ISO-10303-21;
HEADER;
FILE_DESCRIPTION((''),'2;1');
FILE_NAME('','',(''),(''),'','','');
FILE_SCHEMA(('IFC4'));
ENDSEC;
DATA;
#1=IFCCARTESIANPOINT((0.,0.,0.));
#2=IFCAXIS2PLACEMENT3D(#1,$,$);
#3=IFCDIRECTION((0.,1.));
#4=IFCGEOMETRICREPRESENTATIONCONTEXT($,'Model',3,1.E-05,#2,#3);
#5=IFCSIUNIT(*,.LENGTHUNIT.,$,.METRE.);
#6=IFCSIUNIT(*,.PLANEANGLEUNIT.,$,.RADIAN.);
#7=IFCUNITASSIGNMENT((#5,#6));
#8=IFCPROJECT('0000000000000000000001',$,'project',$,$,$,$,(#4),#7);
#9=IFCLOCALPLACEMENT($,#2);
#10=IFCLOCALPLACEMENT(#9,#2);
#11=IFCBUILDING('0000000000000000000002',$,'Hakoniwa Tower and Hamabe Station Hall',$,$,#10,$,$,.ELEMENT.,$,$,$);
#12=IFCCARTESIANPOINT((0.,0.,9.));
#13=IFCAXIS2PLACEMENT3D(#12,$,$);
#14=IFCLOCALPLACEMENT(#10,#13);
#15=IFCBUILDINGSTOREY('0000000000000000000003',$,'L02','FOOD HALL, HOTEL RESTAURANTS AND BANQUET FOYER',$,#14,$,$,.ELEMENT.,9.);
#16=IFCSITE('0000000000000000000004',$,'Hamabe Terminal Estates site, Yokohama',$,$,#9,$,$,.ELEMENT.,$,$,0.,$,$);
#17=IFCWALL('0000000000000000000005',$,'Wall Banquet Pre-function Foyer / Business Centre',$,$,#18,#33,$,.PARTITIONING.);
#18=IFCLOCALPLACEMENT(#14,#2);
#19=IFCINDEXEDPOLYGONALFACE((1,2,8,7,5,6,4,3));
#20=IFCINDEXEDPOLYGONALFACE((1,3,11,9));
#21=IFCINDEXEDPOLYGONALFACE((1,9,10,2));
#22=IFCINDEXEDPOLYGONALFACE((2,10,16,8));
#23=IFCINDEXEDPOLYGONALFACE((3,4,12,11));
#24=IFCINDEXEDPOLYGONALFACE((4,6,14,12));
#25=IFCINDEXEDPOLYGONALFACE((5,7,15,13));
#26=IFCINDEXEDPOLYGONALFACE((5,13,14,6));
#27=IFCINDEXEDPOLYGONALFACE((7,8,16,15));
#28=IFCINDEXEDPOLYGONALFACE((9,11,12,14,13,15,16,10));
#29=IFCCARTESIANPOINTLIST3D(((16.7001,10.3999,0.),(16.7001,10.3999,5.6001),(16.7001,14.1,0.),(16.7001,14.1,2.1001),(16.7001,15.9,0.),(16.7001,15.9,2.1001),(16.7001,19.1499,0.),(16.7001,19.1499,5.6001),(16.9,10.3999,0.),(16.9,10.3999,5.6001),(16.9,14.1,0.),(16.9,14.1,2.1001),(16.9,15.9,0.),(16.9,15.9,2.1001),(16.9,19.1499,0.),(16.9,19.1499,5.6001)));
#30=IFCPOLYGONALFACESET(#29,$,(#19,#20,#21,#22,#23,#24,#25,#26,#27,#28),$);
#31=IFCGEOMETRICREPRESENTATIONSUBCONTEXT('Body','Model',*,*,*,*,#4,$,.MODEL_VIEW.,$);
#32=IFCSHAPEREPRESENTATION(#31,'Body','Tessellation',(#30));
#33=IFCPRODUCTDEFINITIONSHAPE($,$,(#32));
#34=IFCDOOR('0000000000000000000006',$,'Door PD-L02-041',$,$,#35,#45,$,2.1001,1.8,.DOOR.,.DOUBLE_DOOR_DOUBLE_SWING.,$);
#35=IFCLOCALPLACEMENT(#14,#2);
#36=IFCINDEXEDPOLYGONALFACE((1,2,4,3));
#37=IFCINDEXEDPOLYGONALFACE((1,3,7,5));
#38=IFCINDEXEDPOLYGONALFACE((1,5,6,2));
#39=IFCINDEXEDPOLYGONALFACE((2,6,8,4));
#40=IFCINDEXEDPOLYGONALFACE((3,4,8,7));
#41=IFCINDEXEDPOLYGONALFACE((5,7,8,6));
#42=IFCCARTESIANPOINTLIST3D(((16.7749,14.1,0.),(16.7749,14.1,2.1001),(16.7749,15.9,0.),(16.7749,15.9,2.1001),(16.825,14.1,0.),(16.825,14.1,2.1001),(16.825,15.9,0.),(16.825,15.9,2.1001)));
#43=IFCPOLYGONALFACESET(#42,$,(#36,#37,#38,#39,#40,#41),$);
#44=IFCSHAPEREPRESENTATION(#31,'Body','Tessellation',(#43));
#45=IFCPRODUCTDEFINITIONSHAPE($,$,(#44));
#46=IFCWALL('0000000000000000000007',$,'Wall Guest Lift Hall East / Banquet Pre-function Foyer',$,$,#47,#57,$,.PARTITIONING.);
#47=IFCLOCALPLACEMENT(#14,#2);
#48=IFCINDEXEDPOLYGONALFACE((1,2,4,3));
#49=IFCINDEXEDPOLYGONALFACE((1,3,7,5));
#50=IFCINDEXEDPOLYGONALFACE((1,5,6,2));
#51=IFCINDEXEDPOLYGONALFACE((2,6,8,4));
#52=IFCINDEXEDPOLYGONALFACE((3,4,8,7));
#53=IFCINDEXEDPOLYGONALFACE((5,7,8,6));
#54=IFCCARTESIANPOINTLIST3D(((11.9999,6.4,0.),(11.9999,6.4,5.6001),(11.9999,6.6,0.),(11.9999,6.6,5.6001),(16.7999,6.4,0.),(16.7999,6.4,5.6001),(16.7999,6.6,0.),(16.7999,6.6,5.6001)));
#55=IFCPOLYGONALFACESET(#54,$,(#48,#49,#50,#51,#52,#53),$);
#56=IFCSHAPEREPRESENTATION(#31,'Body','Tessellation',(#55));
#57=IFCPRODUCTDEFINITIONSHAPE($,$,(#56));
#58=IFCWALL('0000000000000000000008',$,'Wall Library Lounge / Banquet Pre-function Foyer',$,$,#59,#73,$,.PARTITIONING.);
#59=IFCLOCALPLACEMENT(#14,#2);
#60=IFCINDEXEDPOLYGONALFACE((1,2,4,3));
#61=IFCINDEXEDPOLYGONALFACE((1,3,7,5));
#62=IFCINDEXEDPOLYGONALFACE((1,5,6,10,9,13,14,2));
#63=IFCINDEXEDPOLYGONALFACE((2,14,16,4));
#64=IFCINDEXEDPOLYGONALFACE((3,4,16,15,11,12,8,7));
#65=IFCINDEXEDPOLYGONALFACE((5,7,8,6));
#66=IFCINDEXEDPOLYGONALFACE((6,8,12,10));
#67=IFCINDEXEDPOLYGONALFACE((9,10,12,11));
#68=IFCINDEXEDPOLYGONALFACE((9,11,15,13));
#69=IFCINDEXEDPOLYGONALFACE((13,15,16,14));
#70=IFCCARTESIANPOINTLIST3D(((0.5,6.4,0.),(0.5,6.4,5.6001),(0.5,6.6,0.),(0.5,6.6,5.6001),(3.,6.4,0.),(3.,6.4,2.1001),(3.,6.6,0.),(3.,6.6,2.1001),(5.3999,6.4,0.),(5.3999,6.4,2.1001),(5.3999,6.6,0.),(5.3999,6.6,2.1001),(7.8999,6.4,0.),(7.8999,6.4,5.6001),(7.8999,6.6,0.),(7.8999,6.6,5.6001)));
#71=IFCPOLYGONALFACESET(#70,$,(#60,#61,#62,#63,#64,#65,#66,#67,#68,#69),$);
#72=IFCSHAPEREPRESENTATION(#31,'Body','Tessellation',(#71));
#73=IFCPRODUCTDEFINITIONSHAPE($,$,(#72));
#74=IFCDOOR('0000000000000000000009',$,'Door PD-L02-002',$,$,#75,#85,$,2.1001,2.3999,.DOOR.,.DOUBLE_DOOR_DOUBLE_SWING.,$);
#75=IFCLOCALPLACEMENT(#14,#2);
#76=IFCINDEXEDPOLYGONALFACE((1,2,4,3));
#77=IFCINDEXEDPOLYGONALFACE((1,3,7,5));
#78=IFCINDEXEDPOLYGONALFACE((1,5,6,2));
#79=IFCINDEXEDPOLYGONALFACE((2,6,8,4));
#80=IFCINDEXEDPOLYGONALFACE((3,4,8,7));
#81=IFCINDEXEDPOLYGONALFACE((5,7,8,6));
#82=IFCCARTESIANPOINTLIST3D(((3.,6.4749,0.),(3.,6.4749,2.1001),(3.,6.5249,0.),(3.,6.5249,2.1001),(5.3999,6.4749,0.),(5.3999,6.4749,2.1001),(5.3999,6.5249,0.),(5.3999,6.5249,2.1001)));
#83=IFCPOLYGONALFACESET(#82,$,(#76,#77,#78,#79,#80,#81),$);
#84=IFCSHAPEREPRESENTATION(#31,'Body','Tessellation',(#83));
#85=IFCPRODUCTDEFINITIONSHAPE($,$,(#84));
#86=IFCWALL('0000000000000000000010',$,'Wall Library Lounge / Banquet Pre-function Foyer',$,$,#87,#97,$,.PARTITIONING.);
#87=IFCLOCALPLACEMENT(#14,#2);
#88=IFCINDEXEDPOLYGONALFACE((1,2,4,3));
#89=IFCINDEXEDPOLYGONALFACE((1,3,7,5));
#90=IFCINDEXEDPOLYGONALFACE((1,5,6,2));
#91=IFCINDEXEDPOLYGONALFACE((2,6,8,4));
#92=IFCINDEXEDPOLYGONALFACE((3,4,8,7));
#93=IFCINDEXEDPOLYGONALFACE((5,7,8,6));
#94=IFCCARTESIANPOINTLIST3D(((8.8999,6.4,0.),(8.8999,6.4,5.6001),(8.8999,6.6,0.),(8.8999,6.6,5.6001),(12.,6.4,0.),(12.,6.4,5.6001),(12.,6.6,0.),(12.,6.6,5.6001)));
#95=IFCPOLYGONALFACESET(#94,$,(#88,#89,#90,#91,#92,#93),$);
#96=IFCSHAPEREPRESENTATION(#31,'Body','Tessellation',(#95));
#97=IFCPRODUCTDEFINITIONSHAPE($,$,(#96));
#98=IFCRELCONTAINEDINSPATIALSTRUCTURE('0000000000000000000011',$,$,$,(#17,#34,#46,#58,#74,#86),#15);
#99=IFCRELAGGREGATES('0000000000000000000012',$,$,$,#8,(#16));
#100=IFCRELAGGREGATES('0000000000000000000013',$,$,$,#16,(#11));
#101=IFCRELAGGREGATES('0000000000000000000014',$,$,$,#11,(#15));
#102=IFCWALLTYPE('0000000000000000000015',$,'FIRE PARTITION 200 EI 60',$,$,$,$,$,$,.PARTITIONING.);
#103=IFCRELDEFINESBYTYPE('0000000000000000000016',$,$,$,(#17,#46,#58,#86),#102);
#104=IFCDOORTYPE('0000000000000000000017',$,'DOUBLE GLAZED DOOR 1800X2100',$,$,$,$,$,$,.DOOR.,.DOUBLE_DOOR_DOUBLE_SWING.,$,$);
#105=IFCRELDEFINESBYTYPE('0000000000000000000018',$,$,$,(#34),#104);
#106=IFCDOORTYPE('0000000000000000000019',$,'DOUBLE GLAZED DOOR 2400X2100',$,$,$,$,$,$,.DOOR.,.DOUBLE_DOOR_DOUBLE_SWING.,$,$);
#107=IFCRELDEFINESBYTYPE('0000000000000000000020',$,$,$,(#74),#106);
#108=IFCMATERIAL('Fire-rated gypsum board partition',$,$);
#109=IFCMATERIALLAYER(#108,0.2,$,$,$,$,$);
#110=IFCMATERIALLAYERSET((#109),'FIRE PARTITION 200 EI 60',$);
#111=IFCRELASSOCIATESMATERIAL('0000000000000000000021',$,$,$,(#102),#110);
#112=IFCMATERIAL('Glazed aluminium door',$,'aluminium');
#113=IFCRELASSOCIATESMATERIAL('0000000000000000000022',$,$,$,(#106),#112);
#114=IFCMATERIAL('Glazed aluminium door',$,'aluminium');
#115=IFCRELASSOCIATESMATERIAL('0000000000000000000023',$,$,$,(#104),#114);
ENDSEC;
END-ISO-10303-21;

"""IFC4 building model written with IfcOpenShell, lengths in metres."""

from ifc_helpers import new_model, si_unit, direction, frame, frame_2d, origin, place, context, subcontext, project, spatial, rectangle, extrude, material, layer, layer_set, type_object, element, fill, save


model = new_model("IFC4")

# Units and contexts
model_context = context("Model", 3, precision=1e-05, world=origin(), true_north=direction((0.0, 1.0)))
body_context = subcontext(model_context, "Body", "Model", "MODEL_VIEW")
ifc_project = project(units=[si_unit("LENGTHUNIT", "METRE"), si_unit("PLANEANGLEUNIT", "RADIAN")], contexts=[model_context])

# Site, building, storey
site_placement = place(None, origin())
site = spatial("IfcSite", under=ifc_project, at=site_placement, Name="Hamabe Terminal Estates site, Yokohama", CompositionType="ELEMENT", RefElevation=0.0)
building_placement = place(site_placement, origin())
building = spatial("IfcBuilding", under=site, at=building_placement, Name="Hakoniwa Tower and Hamabe Station Hall", CompositionType="ELEMENT")
storey_placement = place(building_placement, frame((0.0, 0.0, 9.0)))
storey = spatial("IfcBuildingStorey", under=building, at=storey_placement, Name="L02", Description="FOOD HALL, HOTEL RESTAURANTS AND BANQUET FOYER", CompositionType="ELEMENT", Elevation=9.0)

# Wall, opening, door
ifc_material_1 = material(Name="Fire-rated gypsum board partition")
ifc_layer_1 = layer(ifc_material_1, 0.2)
ifc_layer_set_1 = layer_set([ifc_layer_1], Name="FIRE PARTITION 200 EI 60")
wall_type_1 = type_object("IfcWallType", Name="FIRE PARTITION 200 EI 60", PredefinedType="PARTITIONING", material=ifc_layer_set_1)
ifc_material_2 = material(Name="Glazed aluminium door", Category="aluminium")
door_type_1 = type_object("IfcDoorType", Name="DOUBLE GLAZED DOOR 2400X2100", OperationType="DOUBLE_DOOR_DOUBLE_SWING", PredefinedType="DOOR", material=ifc_material_2)
wall_1_placement = place(storey_placement, frame((16.8, 19.1499, 0.0), z_axis=(0.0, 0.0, 1.0), x_axis=(0.0, -1.0, 0.0)))
wall_1 = element("IfcWall", 1, at=wall_1_placement, inside=storey, type_object=wall_type_1, Name="Wall Banquet Pre-function Foyer / Business Centre", PredefinedType="PARTITIONING", context=body_context, shape_type="SweptSolid", body=[
    extrude(rectangle(XDim=8.75, YDim=0.2, at=frame_2d((4.375, 0.0))), origin(), (0.0, 0.0, 1.0), 5.6001),
])
opening_1_placement = place(wall_1_placement, frame((3.25, 0.0, 0.0)))
opening_1 = element("IfcOpeningElement", 2, at=opening_1_placement, cuts=wall_1, PredefinedType="OPENING", context=body_context, shape_type="SweptSolid", body=[
    extrude(rectangle(XDim=1.8, YDim=2.1001, at=frame_2d((0.8999, 1.05))), frame((0.0, 0.1099, 0.0), z_axis=(0.0, -1.0, 0.0), x_axis=(1.0, 0.0, 0.0)), (0.0, 0.0, 1.0), 0.22),
])
ifc_material_3 = material(Name="Glazed aluminium door", Category="aluminium")
door_type_2 = type_object("IfcDoorType", Name="DOUBLE GLAZED DOOR 1800X2100", OperationType="DOUBLE_DOOR_DOUBLE_SWING", PredefinedType="DOOR", material=ifc_material_3)
door_1_placement = place(opening_1_placement, origin())
door_1 = element("IfcDoor", 3, at=door_1_placement, inside=storey, type_object=door_type_2, Name="Door PD-L02-041", OperationType="DOUBLE_DOOR_DOUBLE_SWING", OverallHeight=2.1001, OverallWidth=1.8, PredefinedType="DOOR", context=body_context, shape_type="SweptSolid", body=[
    extrude(rectangle(XDim=1.8, YDim=2.1001, at=frame_2d((0.8999, 1.05))), frame((0.0, 0.0249, 0.0), z_axis=(0.0, -1.0, 0.0), x_axis=(1.0, 0.0, 0.0)), (0.0, 0.0, 1.0), 0.05),
])
fill(opening_1, door_1)

# Wall
wall_2_placement = place(storey_placement, frame((12.0, 6.5, 0.0), z_axis=(0.0, 0.0, 1.0), x_axis=(1.0, 0.0, 0.0)))
element("IfcWall", 4, at=wall_2_placement, inside=storey, type_object=wall_type_1, Name="Wall Guest Lift Hall East / Banquet Pre-function Foyer", PredefinedType="PARTITIONING", context=body_context, shape_type="SweptSolid", body=[
    extrude(rectangle(XDim=4.8, YDim=0.2, at=frame_2d((2.3999, 0.0))), origin(), (0.0, 0.0, 1.0), 5.6001),
])

# Wall, opening, door
wall_3_placement = place(storey_placement, frame((0.5, 6.5, 0.0), z_axis=(0.0, 0.0, 1.0), x_axis=(1.0, 0.0, 0.0)))
wall_3 = element("IfcWall", 5, at=wall_3_placement, inside=storey, type_object=wall_type_1, Name="Wall Library Lounge / Banquet Pre-function Foyer", PredefinedType="PARTITIONING", context=body_context, shape_type="SweptSolid", body=[
    extrude(rectangle(XDim=7.3999, YDim=0.2, at=frame_2d((3.7, 0.0))), origin(), (0.0, 0.0, 1.0), 5.6001),
])
opening_2_placement = place(wall_3_placement, frame((2.5, 0.0, 0.0)))
opening_2 = element("IfcOpeningElement", 6, at=opening_2_placement, cuts=wall_3, PredefinedType="OPENING", context=body_context, shape_type="SweptSolid", body=[
    extrude(rectangle(XDim=2.3999, YDim=2.1001, at=frame_2d((1.2, 1.05))), frame((0.0, 0.1099, 0.0), z_axis=(0.0, -1.0, 0.0), x_axis=(1.0, 0.0, 0.0)), (0.0, 0.0, 1.0), 0.22),
])
door_2_placement = place(opening_2_placement, origin())
door_2 = element("IfcDoor", 7, at=door_2_placement, inside=storey, type_object=door_type_1, Name="Door PD-L02-002", OperationType="DOUBLE_DOOR_DOUBLE_SWING", OverallHeight=2.1001, OverallWidth=2.3999, PredefinedType="DOOR", context=body_context, shape_type="SweptSolid", body=[
    extrude(rectangle(XDim=2.3999, YDim=2.1001, at=frame_2d((1.2, 1.05))), frame((0.0, 0.0249, 0.0), z_axis=(0.0, -1.0, 0.0), x_axis=(1.0, 0.0, 0.0)), (0.0, 0.0, 1.0), 0.05),
])
fill(opening_2, door_2)

# Wall
wall_4_placement = place(storey_placement, frame((8.8999, 6.5, 0.0), z_axis=(0.0, 0.0, 1.0), x_axis=(1.0, 0.0, 0.0)))
element("IfcWall", 8, at=wall_4_placement, inside=storey, type_object=wall_type_1, Name="Wall Library Lounge / Banquet Pre-function Foyer", PredefinedType="PARTITIONING", context=body_context, shape_type="SweptSolid", body=[
    extrude(rectangle(XDim=3.1001, YDim=0.2, at=frame_2d((1.55, 0.0))), origin(), (0.0, 0.0, 1.0), 5.6001),
])

save(model, "model.ifc")
